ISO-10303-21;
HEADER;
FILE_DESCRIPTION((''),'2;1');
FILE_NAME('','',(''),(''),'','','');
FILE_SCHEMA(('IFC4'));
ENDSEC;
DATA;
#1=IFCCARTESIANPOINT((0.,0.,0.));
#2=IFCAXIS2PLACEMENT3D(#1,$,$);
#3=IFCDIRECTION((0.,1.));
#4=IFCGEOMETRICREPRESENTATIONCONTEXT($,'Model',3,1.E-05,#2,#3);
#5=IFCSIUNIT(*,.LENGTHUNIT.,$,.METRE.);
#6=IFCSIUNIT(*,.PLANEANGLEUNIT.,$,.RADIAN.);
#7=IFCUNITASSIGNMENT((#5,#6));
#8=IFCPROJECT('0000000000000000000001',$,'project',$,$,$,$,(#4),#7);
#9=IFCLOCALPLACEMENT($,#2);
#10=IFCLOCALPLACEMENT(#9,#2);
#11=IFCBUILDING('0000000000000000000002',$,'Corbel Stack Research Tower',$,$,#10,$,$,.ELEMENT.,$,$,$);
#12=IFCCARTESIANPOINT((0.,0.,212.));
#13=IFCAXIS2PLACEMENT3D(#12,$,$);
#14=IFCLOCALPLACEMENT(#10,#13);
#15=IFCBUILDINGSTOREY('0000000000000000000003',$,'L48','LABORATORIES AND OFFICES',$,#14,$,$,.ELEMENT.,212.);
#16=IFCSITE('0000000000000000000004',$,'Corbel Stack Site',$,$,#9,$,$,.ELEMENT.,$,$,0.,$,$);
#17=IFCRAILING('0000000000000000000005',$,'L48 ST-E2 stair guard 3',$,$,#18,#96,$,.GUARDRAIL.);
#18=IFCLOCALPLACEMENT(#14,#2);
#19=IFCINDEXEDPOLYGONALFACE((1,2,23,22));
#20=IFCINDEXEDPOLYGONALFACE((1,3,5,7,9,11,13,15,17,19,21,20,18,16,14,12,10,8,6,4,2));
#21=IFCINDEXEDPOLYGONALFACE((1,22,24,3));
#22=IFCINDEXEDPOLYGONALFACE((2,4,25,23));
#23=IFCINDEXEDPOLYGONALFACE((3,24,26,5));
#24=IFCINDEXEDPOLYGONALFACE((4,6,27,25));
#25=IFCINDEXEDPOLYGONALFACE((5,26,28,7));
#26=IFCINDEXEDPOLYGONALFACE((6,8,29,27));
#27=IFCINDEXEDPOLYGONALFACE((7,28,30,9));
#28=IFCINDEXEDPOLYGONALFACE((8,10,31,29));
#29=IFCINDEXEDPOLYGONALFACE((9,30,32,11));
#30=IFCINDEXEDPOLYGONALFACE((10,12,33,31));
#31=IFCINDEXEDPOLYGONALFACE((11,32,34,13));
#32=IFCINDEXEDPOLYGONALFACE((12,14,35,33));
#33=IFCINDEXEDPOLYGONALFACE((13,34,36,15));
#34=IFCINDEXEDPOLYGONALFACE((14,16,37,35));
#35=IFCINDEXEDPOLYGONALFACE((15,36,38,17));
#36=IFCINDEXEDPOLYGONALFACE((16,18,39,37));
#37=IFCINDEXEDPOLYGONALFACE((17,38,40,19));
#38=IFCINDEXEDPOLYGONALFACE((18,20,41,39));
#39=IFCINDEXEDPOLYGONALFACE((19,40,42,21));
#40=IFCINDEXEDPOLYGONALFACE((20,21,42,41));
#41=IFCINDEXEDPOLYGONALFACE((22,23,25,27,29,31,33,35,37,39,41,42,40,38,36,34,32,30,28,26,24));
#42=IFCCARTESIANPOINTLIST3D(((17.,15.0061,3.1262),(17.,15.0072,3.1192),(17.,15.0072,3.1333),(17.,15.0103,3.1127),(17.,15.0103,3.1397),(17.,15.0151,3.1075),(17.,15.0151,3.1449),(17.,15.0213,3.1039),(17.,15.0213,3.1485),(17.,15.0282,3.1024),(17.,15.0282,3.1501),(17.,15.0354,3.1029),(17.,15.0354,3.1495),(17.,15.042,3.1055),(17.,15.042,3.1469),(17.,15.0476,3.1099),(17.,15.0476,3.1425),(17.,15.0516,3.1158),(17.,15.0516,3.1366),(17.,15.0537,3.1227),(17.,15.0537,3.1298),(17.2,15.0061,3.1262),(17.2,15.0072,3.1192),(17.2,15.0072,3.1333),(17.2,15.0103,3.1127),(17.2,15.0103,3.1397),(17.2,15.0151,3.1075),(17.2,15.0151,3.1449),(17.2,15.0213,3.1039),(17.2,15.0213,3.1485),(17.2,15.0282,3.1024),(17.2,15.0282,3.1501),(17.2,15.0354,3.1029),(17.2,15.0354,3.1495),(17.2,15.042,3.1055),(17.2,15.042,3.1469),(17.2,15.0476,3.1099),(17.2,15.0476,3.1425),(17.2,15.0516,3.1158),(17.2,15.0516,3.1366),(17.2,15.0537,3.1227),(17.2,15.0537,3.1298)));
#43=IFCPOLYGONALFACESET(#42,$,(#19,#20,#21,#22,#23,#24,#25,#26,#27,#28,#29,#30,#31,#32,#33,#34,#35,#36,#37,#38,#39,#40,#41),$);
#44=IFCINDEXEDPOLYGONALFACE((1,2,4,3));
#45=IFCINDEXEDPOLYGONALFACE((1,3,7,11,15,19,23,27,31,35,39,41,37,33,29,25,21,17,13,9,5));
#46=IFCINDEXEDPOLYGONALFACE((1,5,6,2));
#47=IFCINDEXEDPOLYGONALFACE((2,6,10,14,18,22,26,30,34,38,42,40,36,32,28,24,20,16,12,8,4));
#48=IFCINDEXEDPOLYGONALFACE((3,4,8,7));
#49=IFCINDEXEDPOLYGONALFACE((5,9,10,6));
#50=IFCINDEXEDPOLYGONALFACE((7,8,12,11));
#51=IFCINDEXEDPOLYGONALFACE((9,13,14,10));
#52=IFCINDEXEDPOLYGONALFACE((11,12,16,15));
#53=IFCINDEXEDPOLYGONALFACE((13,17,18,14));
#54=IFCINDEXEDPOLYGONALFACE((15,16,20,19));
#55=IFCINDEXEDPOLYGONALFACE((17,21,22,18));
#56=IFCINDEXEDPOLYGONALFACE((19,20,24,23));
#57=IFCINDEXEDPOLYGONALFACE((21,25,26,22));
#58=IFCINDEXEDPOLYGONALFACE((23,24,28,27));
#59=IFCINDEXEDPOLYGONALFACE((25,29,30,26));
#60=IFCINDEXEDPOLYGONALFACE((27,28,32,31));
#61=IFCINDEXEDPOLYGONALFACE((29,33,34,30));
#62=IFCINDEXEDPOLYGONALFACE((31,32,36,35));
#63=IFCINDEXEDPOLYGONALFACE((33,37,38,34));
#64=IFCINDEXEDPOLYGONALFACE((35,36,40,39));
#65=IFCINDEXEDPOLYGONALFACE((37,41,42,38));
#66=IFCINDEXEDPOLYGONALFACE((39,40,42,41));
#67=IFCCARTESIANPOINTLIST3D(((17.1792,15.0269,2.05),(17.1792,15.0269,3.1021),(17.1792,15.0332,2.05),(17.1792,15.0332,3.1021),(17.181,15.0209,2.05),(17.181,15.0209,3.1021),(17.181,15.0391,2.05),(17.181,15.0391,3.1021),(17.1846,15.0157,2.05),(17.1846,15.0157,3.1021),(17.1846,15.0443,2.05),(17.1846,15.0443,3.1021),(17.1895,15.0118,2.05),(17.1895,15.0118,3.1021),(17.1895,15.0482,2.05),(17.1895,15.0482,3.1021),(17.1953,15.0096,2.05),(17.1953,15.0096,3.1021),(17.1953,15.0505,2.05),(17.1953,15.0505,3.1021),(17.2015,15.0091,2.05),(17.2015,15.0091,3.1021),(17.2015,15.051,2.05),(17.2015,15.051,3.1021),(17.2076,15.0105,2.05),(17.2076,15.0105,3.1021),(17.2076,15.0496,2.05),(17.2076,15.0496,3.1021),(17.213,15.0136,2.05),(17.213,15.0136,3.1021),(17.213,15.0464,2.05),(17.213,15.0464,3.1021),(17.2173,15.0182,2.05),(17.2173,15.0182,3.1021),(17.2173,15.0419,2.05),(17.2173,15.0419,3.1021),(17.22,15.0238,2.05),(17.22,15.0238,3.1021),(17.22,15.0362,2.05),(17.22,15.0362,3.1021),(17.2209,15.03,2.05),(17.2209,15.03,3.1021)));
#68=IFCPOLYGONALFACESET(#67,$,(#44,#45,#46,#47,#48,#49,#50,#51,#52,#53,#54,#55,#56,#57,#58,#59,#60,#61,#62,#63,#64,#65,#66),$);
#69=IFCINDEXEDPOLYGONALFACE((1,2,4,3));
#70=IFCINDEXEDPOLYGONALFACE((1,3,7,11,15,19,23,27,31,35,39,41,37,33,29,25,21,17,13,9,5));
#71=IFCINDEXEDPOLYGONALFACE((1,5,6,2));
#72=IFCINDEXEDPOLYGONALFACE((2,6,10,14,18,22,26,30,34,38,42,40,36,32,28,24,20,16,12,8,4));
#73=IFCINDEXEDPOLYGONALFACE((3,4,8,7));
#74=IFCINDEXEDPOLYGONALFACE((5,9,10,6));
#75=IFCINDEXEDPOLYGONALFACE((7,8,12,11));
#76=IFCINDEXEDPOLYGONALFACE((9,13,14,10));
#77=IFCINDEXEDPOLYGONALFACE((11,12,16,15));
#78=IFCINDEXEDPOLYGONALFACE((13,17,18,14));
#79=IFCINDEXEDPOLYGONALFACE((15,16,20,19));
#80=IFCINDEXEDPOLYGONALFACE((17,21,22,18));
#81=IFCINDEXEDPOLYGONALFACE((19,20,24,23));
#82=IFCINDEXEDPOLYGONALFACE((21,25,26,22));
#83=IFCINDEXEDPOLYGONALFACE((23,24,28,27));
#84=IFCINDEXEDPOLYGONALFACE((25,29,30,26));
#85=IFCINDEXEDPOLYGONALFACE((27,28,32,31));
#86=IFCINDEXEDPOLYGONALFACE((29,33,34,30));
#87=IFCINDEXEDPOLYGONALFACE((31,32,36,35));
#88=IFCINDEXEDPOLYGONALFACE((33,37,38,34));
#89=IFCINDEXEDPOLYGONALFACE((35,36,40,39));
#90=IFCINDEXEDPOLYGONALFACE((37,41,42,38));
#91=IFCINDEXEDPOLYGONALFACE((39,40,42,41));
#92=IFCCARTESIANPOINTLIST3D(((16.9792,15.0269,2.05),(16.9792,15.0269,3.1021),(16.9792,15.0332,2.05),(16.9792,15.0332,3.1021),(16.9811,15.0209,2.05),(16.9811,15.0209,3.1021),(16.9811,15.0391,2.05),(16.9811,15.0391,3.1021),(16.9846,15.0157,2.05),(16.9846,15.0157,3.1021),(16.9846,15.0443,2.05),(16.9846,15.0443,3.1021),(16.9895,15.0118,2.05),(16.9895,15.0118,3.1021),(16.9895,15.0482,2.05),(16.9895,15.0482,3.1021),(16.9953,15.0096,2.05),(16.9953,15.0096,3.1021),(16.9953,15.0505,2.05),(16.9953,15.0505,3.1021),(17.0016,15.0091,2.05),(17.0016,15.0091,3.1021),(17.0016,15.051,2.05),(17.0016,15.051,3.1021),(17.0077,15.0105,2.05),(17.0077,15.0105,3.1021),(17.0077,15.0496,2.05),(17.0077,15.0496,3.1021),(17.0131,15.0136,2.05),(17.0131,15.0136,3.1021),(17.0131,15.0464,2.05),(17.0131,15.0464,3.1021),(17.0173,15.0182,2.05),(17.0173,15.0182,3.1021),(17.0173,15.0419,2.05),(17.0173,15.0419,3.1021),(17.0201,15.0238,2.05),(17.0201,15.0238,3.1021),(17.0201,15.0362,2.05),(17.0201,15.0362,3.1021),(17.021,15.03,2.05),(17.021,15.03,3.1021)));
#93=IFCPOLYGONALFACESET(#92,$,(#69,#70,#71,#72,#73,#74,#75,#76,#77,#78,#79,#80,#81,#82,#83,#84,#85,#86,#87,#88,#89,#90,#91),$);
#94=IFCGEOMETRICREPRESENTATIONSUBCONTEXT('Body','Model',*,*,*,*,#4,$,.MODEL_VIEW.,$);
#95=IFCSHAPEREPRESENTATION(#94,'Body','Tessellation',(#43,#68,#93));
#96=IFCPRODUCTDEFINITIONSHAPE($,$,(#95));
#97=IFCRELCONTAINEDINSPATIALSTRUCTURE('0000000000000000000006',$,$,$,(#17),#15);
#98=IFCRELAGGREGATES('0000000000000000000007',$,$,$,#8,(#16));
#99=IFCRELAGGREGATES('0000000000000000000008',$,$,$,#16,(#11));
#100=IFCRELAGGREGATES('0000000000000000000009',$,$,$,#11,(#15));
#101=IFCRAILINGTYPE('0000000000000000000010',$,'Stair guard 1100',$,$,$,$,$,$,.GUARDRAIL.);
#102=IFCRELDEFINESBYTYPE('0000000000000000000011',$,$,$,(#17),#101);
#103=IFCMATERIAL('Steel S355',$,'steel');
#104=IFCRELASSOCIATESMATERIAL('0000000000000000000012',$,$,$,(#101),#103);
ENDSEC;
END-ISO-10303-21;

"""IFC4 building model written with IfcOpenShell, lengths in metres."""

from ifc_helpers import new_model, si_unit, direction, frame, origin, origin_2d, place, context, subcontext, project, spatial, circle, extrude, material, type_object, element, save


model = new_model("IFC4")

# Units and contexts
model_context = context("Model", 3, precision=1e-05, world=origin(), true_north=direction((0.0, 1.0)))
body_context = subcontext(model_context, "Body", "Model", "MODEL_VIEW")
ifc_project = project(units=[si_unit("LENGTHUNIT", "METRE"), si_unit("PLANEANGLEUNIT", "RADIAN")], contexts=[model_context])

# Site, building, storey
site_placement = place(None, origin())
site = spatial("IfcSite", under=ifc_project, at=site_placement, Name="Corbel Stack Site", CompositionType="ELEMENT", RefElevation=0.0)
building_placement = place(site_placement, origin())
building = spatial("IfcBuilding", under=site, at=building_placement, Name="Corbel Stack Research Tower", CompositionType="ELEMENT")
storey_placement = place(building_placement, frame((0.0, 0.0, 212.0)))
storey = spatial("IfcBuildingStorey", under=building, at=storey_placement, Name="L48", Description="LABORATORIES AND OFFICES", CompositionType="ELEMENT", Elevation=212.0)

# Railing
ifc_material_1 = material(Name="Steel S355", Category="steel")
railing_type = type_object("IfcRailingType", Name="Stair guard 1100", PredefinedType="GUARDRAIL", material=ifc_material_1)
railing_1_placement = place(storey_placement, frame((17.2, 15.03, 2.05)))
element("IfcRailing", 1, at=railing_1_placement, inside=storey, type_object=railing_type, Name="L48 ST-E2 stair guard 3", PredefinedType="GUARDRAIL", context=body_context, shape_type="SweptSolid", body=[
    extrude(circle(Radius=0.0239, at=origin_2d()), frame((0.0, 0.0, 1.0762), z_axis=(-1.0, 0.0, 0.0), x_axis=(0.0, -1.0, 0.0)), (0.0, 0.0, 1.0), 0.2),
    extrude(circle(Radius=0.021, at=origin_2d()), origin(), (0.0, 0.0, 1.0), 1.052),
    extrude(circle(Radius=0.021, at=origin_2d()), frame((-0.2, 0.0, 0.0)), (0.0, 0.0, 1.0), 1.052),
])

save(model, "model.ifc")
